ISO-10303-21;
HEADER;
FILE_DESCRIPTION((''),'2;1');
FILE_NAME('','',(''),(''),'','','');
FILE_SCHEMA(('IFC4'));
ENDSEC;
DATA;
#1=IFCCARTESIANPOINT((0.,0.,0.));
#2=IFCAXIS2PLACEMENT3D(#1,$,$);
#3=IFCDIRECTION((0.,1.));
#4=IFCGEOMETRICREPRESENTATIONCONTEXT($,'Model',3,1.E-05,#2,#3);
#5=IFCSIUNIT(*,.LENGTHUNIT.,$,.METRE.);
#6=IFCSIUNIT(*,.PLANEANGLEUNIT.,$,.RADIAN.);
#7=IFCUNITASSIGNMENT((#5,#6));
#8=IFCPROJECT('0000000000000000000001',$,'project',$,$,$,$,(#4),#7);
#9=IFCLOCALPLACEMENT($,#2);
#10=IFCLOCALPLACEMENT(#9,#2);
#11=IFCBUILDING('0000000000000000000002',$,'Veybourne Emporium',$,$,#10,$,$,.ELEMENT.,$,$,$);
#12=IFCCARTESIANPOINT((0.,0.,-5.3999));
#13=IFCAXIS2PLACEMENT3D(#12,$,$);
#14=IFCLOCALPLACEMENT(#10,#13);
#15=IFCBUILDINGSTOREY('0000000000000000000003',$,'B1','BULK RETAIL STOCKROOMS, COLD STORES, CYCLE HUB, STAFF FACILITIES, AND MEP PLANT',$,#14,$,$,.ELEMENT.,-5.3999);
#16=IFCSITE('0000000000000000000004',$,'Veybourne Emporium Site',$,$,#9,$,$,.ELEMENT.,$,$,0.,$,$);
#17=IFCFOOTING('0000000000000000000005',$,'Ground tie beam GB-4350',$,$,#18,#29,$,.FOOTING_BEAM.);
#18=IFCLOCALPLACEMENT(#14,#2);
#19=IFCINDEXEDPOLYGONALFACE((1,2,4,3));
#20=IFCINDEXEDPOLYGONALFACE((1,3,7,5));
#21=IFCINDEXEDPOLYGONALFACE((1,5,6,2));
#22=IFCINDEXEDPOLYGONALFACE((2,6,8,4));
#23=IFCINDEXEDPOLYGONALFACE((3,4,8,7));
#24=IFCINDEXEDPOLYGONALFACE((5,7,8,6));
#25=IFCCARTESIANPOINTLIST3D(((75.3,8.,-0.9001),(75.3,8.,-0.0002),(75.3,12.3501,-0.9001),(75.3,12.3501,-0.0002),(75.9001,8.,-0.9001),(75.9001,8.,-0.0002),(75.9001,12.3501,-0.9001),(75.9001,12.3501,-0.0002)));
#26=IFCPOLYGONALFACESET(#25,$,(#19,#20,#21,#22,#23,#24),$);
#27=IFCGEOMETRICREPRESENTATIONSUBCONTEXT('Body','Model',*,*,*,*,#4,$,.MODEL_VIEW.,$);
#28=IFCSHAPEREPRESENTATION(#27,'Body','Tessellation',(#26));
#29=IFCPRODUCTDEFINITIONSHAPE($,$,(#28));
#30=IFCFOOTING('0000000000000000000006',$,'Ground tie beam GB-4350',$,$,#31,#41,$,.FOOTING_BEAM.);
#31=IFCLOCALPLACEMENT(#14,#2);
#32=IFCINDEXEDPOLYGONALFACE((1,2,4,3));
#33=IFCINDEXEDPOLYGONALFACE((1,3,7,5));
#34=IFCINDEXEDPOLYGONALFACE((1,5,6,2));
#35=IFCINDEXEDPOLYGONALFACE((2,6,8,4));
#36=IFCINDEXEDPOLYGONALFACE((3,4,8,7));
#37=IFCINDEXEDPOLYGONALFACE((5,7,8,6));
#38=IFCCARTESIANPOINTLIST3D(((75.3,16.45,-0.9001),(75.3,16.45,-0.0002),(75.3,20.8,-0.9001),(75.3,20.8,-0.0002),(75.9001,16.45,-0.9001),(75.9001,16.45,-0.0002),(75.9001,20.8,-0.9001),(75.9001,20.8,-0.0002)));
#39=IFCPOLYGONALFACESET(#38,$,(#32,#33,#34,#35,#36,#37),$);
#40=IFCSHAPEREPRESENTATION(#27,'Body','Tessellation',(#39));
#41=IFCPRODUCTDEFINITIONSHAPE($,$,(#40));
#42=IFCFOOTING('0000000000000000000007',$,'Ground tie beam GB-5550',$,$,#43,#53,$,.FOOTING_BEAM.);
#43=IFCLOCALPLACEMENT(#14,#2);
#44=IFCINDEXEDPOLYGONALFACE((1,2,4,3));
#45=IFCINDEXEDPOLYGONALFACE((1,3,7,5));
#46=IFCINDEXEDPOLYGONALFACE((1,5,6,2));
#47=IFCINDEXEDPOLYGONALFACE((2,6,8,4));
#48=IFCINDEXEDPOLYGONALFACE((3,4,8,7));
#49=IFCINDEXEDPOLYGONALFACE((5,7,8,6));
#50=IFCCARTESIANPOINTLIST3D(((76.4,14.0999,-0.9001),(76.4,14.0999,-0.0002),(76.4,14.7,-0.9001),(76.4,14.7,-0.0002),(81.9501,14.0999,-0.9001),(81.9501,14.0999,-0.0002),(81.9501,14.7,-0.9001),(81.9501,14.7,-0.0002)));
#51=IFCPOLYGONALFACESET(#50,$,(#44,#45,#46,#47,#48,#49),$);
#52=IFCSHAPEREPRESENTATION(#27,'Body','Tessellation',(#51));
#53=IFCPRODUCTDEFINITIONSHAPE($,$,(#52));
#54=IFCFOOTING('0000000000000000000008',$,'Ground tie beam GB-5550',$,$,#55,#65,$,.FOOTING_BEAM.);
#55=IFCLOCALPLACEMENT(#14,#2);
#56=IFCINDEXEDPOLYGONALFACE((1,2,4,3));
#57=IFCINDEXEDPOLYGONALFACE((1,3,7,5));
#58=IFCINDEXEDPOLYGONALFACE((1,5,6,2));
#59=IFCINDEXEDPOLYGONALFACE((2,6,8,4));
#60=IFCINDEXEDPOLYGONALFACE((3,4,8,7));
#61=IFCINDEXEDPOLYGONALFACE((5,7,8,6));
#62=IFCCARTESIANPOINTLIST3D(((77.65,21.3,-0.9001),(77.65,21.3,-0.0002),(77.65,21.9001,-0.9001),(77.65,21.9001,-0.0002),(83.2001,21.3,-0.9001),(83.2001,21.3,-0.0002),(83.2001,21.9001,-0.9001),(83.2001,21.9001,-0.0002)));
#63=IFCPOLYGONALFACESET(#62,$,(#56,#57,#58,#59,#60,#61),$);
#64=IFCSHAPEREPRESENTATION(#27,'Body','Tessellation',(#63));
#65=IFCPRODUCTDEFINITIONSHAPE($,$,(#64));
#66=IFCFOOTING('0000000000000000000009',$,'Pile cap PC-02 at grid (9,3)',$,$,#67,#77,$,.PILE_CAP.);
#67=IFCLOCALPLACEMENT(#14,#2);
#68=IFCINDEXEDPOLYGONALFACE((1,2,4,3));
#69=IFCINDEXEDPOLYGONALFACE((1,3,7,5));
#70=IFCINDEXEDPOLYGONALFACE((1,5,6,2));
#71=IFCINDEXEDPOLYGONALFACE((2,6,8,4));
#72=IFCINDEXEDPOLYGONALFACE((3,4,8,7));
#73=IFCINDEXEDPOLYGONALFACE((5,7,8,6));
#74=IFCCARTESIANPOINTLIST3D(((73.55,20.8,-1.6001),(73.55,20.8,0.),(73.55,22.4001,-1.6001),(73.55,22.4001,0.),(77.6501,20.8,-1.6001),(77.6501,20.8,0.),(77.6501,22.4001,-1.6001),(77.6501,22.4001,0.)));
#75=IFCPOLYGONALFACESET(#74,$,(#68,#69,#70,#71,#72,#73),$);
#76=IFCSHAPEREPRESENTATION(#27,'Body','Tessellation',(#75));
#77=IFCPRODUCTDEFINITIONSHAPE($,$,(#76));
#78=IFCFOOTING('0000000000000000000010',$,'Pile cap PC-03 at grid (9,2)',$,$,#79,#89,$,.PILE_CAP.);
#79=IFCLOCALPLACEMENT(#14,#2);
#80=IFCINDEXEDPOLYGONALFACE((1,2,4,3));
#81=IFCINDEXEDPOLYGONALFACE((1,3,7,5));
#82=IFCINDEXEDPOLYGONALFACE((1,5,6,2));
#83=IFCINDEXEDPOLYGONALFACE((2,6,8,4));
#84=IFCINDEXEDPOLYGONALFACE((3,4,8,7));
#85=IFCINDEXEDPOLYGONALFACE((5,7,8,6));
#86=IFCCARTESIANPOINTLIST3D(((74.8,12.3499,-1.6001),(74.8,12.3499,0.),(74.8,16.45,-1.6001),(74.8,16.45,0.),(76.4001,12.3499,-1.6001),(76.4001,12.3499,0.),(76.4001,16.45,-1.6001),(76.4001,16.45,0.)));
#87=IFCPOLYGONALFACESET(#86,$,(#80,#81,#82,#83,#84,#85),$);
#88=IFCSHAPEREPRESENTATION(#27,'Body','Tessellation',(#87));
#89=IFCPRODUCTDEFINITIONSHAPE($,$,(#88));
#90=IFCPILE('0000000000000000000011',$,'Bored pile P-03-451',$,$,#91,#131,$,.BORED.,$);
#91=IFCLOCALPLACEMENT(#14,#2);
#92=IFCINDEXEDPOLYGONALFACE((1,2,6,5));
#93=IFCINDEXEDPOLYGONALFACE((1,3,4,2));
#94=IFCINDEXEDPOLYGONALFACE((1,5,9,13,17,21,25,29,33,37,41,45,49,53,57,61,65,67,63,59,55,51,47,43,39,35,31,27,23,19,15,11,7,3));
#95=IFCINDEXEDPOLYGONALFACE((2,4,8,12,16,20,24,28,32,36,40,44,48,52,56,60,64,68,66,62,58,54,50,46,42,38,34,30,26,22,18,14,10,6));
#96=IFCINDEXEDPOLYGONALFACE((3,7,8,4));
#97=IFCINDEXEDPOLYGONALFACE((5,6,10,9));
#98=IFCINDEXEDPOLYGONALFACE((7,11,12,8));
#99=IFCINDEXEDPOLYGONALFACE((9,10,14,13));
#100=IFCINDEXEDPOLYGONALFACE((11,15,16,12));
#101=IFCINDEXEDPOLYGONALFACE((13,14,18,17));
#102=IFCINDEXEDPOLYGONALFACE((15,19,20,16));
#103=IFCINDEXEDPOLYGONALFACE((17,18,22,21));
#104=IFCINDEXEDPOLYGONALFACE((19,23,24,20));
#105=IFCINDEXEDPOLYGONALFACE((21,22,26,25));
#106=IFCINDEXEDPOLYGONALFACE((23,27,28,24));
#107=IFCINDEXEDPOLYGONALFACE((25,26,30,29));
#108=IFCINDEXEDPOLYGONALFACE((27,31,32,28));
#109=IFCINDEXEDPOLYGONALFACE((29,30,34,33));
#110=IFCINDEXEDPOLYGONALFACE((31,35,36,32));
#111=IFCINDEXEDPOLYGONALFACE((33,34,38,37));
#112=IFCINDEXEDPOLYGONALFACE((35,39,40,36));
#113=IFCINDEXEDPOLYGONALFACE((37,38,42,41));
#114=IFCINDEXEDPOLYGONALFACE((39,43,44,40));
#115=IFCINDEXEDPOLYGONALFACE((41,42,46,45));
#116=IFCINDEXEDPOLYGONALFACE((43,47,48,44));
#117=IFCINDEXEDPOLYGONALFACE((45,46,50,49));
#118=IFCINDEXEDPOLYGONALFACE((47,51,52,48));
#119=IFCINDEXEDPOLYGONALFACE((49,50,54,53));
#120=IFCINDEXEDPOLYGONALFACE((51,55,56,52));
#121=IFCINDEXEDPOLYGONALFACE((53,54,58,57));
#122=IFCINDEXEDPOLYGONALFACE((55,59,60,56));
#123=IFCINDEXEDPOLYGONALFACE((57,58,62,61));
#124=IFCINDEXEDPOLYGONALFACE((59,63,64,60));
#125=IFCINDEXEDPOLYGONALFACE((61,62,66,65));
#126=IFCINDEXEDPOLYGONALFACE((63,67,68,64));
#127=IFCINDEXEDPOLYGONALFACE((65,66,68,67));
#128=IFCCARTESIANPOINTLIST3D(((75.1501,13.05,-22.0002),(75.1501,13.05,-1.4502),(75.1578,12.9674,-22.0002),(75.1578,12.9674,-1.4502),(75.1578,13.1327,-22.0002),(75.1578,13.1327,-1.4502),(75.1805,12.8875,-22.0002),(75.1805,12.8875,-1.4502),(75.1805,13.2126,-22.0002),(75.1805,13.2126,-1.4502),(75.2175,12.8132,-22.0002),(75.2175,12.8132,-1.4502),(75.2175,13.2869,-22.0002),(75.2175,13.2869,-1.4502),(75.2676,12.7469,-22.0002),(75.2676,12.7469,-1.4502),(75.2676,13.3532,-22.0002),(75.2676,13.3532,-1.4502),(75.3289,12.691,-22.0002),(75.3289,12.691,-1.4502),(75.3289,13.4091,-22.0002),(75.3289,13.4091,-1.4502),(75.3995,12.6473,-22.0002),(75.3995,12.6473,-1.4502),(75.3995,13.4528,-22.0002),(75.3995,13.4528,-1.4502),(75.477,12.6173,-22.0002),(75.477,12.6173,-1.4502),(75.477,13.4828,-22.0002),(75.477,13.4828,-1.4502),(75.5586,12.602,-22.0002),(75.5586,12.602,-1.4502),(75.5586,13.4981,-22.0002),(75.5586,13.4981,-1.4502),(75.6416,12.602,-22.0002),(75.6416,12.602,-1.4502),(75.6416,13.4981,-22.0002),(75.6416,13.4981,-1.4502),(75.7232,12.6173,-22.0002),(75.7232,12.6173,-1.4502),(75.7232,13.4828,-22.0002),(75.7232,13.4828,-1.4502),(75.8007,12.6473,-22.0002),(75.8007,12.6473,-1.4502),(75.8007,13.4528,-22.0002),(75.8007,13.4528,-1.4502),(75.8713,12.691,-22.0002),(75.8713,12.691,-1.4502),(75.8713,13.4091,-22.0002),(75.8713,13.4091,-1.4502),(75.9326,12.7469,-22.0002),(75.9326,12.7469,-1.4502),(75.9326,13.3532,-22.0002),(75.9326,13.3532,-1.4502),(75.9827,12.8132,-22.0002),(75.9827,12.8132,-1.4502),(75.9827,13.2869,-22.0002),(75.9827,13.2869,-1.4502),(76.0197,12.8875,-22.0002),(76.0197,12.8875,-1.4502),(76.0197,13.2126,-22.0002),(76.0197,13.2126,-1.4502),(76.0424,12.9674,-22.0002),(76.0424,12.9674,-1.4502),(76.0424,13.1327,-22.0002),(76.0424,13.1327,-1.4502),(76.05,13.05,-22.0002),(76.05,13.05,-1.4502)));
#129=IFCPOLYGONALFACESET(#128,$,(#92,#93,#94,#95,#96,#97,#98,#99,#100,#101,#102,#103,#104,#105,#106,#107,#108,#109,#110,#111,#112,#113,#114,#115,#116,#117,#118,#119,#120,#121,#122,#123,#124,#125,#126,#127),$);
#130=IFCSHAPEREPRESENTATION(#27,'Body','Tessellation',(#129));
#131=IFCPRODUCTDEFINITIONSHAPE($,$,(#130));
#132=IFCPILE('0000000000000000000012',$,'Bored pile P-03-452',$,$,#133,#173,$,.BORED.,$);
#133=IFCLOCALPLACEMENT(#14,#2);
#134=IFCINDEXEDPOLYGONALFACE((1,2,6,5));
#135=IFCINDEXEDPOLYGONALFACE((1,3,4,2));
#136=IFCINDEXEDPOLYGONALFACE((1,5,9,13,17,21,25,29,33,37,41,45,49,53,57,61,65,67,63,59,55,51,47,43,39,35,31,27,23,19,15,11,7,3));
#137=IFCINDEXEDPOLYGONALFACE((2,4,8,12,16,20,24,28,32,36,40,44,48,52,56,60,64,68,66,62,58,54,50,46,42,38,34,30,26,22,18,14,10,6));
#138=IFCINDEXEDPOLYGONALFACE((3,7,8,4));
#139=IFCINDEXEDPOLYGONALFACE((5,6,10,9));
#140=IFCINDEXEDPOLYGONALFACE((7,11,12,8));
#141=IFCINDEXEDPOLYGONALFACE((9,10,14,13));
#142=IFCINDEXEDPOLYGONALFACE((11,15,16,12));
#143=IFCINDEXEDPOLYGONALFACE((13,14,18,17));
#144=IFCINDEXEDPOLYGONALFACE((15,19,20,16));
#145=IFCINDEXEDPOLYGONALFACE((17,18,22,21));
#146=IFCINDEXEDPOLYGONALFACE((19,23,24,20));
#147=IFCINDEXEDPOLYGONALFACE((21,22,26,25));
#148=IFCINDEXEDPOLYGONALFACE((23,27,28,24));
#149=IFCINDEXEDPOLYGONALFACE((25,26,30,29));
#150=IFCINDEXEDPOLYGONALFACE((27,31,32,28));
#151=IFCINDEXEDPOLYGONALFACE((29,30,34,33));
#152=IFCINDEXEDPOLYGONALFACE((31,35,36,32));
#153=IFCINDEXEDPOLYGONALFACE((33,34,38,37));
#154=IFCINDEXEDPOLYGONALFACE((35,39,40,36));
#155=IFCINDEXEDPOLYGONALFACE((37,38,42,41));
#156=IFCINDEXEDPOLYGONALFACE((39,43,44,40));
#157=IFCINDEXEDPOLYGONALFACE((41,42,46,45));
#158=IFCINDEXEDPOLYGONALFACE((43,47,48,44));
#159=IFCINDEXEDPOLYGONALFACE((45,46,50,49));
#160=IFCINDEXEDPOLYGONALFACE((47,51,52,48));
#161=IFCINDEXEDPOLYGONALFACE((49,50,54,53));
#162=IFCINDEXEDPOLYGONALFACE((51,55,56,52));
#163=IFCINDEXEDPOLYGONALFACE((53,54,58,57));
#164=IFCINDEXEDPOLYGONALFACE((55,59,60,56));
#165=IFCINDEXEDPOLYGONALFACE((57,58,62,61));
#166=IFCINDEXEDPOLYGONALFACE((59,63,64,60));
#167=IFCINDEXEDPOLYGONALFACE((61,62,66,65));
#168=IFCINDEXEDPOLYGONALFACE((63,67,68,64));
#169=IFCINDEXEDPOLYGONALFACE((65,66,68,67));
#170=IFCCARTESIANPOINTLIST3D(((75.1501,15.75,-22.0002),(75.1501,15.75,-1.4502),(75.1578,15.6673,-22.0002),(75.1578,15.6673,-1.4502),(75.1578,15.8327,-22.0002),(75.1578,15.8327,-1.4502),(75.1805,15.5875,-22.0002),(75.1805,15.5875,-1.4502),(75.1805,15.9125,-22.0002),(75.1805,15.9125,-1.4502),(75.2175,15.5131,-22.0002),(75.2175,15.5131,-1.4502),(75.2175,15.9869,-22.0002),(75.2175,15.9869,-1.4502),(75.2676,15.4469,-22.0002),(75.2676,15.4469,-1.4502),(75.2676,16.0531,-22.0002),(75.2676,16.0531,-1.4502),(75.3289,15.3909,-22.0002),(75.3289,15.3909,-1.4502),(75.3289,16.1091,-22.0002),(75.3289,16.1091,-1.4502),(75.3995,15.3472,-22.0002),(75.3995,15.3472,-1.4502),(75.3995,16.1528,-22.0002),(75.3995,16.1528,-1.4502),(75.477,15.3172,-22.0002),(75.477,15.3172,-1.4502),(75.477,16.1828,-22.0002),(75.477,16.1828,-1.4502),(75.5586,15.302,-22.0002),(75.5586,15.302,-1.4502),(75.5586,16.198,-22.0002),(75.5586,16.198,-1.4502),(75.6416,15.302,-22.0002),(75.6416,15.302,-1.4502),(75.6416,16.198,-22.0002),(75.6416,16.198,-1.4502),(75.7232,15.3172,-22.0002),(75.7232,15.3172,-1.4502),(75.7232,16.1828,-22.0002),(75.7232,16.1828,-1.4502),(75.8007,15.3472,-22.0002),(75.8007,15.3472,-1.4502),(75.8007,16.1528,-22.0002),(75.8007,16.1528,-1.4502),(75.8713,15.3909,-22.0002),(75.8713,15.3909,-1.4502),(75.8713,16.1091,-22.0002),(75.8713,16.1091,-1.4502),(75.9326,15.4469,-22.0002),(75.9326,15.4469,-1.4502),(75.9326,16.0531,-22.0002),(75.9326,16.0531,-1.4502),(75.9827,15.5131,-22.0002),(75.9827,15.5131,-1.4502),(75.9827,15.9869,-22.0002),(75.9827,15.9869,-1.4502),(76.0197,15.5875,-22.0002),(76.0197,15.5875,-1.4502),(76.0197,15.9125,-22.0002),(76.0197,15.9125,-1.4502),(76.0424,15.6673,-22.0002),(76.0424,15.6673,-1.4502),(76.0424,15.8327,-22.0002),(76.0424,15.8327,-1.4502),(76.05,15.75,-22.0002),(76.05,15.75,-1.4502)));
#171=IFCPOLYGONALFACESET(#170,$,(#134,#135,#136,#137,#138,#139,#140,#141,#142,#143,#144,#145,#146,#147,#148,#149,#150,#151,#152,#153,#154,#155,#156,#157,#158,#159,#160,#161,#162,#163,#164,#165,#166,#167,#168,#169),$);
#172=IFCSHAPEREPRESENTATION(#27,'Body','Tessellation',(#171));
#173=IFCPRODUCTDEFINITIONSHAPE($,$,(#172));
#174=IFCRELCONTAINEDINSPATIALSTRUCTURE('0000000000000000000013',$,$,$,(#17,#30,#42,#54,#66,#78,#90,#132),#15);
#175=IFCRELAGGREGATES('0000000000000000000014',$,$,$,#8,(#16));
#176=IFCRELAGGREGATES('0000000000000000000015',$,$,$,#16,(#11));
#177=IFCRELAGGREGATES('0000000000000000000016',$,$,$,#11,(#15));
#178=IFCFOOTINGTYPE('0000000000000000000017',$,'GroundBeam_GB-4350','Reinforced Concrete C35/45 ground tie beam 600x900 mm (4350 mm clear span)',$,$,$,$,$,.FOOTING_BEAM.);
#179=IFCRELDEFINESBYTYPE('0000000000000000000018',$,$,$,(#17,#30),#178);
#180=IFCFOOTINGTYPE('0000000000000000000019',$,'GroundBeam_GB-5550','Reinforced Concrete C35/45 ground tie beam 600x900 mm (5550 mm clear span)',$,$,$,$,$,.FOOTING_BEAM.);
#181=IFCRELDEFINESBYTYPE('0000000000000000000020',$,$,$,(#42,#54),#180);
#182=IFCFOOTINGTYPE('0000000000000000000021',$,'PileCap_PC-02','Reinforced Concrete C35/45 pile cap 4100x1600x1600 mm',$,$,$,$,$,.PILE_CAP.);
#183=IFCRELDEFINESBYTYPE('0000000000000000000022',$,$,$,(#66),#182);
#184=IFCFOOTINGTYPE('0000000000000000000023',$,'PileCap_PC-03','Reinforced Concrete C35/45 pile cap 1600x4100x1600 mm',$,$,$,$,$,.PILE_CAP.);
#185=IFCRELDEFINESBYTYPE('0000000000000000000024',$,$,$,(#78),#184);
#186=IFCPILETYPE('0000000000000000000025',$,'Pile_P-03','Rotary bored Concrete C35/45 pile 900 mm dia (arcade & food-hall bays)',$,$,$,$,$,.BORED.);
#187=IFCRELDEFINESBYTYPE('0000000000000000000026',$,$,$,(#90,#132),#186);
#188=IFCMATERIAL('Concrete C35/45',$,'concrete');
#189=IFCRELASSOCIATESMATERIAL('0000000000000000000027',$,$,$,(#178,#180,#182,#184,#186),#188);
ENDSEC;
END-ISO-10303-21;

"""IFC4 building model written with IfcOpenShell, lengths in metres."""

from ifc_helpers import new_model, si_unit, direction, frame, origin, origin_2d, place, context, subcontext, project, spatial, rectangle, circle, extrude, material, material_profile, profile_set, type_object, element, save


model = new_model("IFC4")

# Units and contexts
model_context = context("Model", 3, precision=1e-05, world=origin(), true_north=direction((0.0, 1.0)))
body_context = subcontext(model_context, "Body", "Model", "MODEL_VIEW")
ifc_project = project(units=[si_unit("LENGTHUNIT", "METRE"), si_unit("PLANEANGLEUNIT", "RADIAN")], contexts=[model_context])

# Site, building, storey
site_placement = place(None, origin())
site = spatial("IfcSite", under=ifc_project, at=site_placement, Name="Veybourne Emporium Site", CompositionType="ELEMENT", RefElevation=0.0)
building_placement = place(site_placement, origin())
building = spatial("IfcBuilding", under=site, at=building_placement, Name="Veybourne Emporium", CompositionType="ELEMENT")
storey_placement = place(building_placement, frame((0.0, 0.0, -5.3999)))
storey = spatial("IfcBuildingStorey", under=building, at=storey_placement, Name="B1", Description="BULK RETAIL STOCKROOMS, COLD STORES, CYCLE HUB, STAFF FACILITIES, AND MEP PLANT", CompositionType="ELEMENT", Elevation=-5.3999)

# Footings
ifc_material_1 = material(Name="Concrete C35/45", Category="concrete")
footing_type_1 = type_object("IfcFootingType", Name="GroundBeam_GB-4350", Description="Reinforced Concrete C35/45 ground tie beam 600x900 mm (4350 mm clear span)", PredefinedType="FOOTING_BEAM", material=ifc_material_1)
for number, where, z_axis, x_axis, name in (
    (1, (75.6001, 10.175, -0.9001), (0.0, 0.0, 1.0), (0.0, 1.0, 0.0), "Ground tie beam GB-4350"),
    (2, (75.6001, 18.625, -0.9001), (0.0, 0.0, 1.0), (0.0, 1.0, 0.0), "Ground tie beam GB-4350"),
):
    element("IfcFooting", number, at=place(storey_placement, frame(where, z_axis=z_axis, x_axis=x_axis)), inside=storey, type_object=footing_type_1, Name=name, PredefinedType="FOOTING_BEAM", context=body_context, shape_type="SweptSolid", body=[
        extrude(rectangle(XDim=4.3501, YDim=0.6001, at=origin_2d()), origin(), (0.0, 0.0, 1.0), 0.8999),
    ])
footing_type_2 = type_object("IfcFootingType", Name="GroundBeam_GB-5550", Description="Reinforced Concrete C35/45 ground tie beam 600x900 mm (5550 mm clear span)", PredefinedType="FOOTING_BEAM", material=ifc_material_1)
for number, where, z_axis, x_axis, name in (
    (3, (79.175, 14.3999, -0.9001), (0.0, 0.0, 1.0), (1.0, 0.0, 0.0), "Ground tie beam GB-5550"),
    (4, (80.425, 21.6001, -0.9001), (0.0, 0.0, 1.0), (1.0, 0.0, 0.0), "Ground tie beam GB-5550"),
):
    element("IfcFooting", number, at=place(storey_placement, frame(where, z_axis=z_axis, x_axis=x_axis)), inside=storey, type_object=footing_type_2, Name=name, PredefinedType="FOOTING_BEAM", context=body_context, shape_type="SweptSolid", body=[
        extrude(rectangle(XDim=5.55, YDim=0.6001, at=origin_2d()), origin(), (0.0, 0.0, 1.0), 0.8999),
    ])
footing_type_3 = type_object("IfcFootingType", Name="PileCap_PC-02", Description="Reinforced Concrete C35/45 pile cap 4100x1600x1600 mm", PredefinedType="PILE_CAP", material=ifc_material_1)
footing_1_placement = place(storey_placement, frame((75.6001, 21.6001, -1.6001), z_axis=(0.0, 0.0, 1.0), x_axis=(1.0, 0.0, 0.0)))
element("IfcFooting", 5, at=footing_1_placement, inside=storey, type_object=footing_type_3, Name="Pile cap PC-02 at grid (9,3)", PredefinedType="PILE_CAP", context=body_context, shape_type="SweptSolid", body=[
    extrude(rectangle(XDim=4.1001, YDim=1.6001, at=origin_2d()), origin(), (0.0, 0.0, 1.0), 1.6001),
])
footing_type_4 = type_object("IfcFootingType", Name="PileCap_PC-03", Description="Reinforced Concrete C35/45 pile cap 1600x4100x1600 mm", PredefinedType="PILE_CAP", material=ifc_material_1)
footing_2_placement = place(storey_placement, frame((75.6001, 14.3999, -1.6001), z_axis=(0.0, 0.0, 1.0), x_axis=(1.0, 0.0, 0.0)))
element("IfcFooting", 6, at=footing_2_placement, inside=storey, type_object=footing_type_4, Name="Pile cap PC-03 at grid (9,2)", PredefinedType="PILE_CAP", context=body_context, shape_type="SweptSolid", body=[
    extrude(rectangle(XDim=1.6001, YDim=4.1001, at=origin_2d()), origin(), (0.0, 0.0, 1.0), 1.6001),
])

# Piles
ifc_material_profile_1 = material_profile(ifc_material_1, circle(Radius=0.45, at=origin_2d()), Name="BORED PILE 900")
ifc_profile_set_1 = profile_set([ifc_material_profile_1], Name="Concrete C35/45")
pile_type = type_object("IfcPileType", Name="Pile_P-03", Description="Rotary bored Concrete C35/45 pile 900 mm dia (arcade & food-hall bays)", PredefinedType="BORED", material=ifc_profile_set_1)
for number, where, z_axis, x_axis, name in (
    (7, (75.6001, 13.05, -1.4502), (0.0, 0.0, -1.0), (1.0, 0.0, 0.0), "Bored pile P-03-451"),
    (8, (75.6001, 15.75, -1.4502), (0.0, 0.0, -1.0), (1.0, 0.0, 0.0), "Bored pile P-03-452"),
):
    element("IfcPile", number, at=place(storey_placement, frame(where, z_axis=z_axis, x_axis=x_axis)), inside=storey, type_object=pile_type, Name=name, PredefinedType="BORED", context=body_context, shape_type="SweptSolid", body=[
        extrude(circle(Radius=0.45, at=origin_2d()), origin(), (0.0, 0.0, 1.0), 20.55),
    ])

save(model, "model.ifc")
